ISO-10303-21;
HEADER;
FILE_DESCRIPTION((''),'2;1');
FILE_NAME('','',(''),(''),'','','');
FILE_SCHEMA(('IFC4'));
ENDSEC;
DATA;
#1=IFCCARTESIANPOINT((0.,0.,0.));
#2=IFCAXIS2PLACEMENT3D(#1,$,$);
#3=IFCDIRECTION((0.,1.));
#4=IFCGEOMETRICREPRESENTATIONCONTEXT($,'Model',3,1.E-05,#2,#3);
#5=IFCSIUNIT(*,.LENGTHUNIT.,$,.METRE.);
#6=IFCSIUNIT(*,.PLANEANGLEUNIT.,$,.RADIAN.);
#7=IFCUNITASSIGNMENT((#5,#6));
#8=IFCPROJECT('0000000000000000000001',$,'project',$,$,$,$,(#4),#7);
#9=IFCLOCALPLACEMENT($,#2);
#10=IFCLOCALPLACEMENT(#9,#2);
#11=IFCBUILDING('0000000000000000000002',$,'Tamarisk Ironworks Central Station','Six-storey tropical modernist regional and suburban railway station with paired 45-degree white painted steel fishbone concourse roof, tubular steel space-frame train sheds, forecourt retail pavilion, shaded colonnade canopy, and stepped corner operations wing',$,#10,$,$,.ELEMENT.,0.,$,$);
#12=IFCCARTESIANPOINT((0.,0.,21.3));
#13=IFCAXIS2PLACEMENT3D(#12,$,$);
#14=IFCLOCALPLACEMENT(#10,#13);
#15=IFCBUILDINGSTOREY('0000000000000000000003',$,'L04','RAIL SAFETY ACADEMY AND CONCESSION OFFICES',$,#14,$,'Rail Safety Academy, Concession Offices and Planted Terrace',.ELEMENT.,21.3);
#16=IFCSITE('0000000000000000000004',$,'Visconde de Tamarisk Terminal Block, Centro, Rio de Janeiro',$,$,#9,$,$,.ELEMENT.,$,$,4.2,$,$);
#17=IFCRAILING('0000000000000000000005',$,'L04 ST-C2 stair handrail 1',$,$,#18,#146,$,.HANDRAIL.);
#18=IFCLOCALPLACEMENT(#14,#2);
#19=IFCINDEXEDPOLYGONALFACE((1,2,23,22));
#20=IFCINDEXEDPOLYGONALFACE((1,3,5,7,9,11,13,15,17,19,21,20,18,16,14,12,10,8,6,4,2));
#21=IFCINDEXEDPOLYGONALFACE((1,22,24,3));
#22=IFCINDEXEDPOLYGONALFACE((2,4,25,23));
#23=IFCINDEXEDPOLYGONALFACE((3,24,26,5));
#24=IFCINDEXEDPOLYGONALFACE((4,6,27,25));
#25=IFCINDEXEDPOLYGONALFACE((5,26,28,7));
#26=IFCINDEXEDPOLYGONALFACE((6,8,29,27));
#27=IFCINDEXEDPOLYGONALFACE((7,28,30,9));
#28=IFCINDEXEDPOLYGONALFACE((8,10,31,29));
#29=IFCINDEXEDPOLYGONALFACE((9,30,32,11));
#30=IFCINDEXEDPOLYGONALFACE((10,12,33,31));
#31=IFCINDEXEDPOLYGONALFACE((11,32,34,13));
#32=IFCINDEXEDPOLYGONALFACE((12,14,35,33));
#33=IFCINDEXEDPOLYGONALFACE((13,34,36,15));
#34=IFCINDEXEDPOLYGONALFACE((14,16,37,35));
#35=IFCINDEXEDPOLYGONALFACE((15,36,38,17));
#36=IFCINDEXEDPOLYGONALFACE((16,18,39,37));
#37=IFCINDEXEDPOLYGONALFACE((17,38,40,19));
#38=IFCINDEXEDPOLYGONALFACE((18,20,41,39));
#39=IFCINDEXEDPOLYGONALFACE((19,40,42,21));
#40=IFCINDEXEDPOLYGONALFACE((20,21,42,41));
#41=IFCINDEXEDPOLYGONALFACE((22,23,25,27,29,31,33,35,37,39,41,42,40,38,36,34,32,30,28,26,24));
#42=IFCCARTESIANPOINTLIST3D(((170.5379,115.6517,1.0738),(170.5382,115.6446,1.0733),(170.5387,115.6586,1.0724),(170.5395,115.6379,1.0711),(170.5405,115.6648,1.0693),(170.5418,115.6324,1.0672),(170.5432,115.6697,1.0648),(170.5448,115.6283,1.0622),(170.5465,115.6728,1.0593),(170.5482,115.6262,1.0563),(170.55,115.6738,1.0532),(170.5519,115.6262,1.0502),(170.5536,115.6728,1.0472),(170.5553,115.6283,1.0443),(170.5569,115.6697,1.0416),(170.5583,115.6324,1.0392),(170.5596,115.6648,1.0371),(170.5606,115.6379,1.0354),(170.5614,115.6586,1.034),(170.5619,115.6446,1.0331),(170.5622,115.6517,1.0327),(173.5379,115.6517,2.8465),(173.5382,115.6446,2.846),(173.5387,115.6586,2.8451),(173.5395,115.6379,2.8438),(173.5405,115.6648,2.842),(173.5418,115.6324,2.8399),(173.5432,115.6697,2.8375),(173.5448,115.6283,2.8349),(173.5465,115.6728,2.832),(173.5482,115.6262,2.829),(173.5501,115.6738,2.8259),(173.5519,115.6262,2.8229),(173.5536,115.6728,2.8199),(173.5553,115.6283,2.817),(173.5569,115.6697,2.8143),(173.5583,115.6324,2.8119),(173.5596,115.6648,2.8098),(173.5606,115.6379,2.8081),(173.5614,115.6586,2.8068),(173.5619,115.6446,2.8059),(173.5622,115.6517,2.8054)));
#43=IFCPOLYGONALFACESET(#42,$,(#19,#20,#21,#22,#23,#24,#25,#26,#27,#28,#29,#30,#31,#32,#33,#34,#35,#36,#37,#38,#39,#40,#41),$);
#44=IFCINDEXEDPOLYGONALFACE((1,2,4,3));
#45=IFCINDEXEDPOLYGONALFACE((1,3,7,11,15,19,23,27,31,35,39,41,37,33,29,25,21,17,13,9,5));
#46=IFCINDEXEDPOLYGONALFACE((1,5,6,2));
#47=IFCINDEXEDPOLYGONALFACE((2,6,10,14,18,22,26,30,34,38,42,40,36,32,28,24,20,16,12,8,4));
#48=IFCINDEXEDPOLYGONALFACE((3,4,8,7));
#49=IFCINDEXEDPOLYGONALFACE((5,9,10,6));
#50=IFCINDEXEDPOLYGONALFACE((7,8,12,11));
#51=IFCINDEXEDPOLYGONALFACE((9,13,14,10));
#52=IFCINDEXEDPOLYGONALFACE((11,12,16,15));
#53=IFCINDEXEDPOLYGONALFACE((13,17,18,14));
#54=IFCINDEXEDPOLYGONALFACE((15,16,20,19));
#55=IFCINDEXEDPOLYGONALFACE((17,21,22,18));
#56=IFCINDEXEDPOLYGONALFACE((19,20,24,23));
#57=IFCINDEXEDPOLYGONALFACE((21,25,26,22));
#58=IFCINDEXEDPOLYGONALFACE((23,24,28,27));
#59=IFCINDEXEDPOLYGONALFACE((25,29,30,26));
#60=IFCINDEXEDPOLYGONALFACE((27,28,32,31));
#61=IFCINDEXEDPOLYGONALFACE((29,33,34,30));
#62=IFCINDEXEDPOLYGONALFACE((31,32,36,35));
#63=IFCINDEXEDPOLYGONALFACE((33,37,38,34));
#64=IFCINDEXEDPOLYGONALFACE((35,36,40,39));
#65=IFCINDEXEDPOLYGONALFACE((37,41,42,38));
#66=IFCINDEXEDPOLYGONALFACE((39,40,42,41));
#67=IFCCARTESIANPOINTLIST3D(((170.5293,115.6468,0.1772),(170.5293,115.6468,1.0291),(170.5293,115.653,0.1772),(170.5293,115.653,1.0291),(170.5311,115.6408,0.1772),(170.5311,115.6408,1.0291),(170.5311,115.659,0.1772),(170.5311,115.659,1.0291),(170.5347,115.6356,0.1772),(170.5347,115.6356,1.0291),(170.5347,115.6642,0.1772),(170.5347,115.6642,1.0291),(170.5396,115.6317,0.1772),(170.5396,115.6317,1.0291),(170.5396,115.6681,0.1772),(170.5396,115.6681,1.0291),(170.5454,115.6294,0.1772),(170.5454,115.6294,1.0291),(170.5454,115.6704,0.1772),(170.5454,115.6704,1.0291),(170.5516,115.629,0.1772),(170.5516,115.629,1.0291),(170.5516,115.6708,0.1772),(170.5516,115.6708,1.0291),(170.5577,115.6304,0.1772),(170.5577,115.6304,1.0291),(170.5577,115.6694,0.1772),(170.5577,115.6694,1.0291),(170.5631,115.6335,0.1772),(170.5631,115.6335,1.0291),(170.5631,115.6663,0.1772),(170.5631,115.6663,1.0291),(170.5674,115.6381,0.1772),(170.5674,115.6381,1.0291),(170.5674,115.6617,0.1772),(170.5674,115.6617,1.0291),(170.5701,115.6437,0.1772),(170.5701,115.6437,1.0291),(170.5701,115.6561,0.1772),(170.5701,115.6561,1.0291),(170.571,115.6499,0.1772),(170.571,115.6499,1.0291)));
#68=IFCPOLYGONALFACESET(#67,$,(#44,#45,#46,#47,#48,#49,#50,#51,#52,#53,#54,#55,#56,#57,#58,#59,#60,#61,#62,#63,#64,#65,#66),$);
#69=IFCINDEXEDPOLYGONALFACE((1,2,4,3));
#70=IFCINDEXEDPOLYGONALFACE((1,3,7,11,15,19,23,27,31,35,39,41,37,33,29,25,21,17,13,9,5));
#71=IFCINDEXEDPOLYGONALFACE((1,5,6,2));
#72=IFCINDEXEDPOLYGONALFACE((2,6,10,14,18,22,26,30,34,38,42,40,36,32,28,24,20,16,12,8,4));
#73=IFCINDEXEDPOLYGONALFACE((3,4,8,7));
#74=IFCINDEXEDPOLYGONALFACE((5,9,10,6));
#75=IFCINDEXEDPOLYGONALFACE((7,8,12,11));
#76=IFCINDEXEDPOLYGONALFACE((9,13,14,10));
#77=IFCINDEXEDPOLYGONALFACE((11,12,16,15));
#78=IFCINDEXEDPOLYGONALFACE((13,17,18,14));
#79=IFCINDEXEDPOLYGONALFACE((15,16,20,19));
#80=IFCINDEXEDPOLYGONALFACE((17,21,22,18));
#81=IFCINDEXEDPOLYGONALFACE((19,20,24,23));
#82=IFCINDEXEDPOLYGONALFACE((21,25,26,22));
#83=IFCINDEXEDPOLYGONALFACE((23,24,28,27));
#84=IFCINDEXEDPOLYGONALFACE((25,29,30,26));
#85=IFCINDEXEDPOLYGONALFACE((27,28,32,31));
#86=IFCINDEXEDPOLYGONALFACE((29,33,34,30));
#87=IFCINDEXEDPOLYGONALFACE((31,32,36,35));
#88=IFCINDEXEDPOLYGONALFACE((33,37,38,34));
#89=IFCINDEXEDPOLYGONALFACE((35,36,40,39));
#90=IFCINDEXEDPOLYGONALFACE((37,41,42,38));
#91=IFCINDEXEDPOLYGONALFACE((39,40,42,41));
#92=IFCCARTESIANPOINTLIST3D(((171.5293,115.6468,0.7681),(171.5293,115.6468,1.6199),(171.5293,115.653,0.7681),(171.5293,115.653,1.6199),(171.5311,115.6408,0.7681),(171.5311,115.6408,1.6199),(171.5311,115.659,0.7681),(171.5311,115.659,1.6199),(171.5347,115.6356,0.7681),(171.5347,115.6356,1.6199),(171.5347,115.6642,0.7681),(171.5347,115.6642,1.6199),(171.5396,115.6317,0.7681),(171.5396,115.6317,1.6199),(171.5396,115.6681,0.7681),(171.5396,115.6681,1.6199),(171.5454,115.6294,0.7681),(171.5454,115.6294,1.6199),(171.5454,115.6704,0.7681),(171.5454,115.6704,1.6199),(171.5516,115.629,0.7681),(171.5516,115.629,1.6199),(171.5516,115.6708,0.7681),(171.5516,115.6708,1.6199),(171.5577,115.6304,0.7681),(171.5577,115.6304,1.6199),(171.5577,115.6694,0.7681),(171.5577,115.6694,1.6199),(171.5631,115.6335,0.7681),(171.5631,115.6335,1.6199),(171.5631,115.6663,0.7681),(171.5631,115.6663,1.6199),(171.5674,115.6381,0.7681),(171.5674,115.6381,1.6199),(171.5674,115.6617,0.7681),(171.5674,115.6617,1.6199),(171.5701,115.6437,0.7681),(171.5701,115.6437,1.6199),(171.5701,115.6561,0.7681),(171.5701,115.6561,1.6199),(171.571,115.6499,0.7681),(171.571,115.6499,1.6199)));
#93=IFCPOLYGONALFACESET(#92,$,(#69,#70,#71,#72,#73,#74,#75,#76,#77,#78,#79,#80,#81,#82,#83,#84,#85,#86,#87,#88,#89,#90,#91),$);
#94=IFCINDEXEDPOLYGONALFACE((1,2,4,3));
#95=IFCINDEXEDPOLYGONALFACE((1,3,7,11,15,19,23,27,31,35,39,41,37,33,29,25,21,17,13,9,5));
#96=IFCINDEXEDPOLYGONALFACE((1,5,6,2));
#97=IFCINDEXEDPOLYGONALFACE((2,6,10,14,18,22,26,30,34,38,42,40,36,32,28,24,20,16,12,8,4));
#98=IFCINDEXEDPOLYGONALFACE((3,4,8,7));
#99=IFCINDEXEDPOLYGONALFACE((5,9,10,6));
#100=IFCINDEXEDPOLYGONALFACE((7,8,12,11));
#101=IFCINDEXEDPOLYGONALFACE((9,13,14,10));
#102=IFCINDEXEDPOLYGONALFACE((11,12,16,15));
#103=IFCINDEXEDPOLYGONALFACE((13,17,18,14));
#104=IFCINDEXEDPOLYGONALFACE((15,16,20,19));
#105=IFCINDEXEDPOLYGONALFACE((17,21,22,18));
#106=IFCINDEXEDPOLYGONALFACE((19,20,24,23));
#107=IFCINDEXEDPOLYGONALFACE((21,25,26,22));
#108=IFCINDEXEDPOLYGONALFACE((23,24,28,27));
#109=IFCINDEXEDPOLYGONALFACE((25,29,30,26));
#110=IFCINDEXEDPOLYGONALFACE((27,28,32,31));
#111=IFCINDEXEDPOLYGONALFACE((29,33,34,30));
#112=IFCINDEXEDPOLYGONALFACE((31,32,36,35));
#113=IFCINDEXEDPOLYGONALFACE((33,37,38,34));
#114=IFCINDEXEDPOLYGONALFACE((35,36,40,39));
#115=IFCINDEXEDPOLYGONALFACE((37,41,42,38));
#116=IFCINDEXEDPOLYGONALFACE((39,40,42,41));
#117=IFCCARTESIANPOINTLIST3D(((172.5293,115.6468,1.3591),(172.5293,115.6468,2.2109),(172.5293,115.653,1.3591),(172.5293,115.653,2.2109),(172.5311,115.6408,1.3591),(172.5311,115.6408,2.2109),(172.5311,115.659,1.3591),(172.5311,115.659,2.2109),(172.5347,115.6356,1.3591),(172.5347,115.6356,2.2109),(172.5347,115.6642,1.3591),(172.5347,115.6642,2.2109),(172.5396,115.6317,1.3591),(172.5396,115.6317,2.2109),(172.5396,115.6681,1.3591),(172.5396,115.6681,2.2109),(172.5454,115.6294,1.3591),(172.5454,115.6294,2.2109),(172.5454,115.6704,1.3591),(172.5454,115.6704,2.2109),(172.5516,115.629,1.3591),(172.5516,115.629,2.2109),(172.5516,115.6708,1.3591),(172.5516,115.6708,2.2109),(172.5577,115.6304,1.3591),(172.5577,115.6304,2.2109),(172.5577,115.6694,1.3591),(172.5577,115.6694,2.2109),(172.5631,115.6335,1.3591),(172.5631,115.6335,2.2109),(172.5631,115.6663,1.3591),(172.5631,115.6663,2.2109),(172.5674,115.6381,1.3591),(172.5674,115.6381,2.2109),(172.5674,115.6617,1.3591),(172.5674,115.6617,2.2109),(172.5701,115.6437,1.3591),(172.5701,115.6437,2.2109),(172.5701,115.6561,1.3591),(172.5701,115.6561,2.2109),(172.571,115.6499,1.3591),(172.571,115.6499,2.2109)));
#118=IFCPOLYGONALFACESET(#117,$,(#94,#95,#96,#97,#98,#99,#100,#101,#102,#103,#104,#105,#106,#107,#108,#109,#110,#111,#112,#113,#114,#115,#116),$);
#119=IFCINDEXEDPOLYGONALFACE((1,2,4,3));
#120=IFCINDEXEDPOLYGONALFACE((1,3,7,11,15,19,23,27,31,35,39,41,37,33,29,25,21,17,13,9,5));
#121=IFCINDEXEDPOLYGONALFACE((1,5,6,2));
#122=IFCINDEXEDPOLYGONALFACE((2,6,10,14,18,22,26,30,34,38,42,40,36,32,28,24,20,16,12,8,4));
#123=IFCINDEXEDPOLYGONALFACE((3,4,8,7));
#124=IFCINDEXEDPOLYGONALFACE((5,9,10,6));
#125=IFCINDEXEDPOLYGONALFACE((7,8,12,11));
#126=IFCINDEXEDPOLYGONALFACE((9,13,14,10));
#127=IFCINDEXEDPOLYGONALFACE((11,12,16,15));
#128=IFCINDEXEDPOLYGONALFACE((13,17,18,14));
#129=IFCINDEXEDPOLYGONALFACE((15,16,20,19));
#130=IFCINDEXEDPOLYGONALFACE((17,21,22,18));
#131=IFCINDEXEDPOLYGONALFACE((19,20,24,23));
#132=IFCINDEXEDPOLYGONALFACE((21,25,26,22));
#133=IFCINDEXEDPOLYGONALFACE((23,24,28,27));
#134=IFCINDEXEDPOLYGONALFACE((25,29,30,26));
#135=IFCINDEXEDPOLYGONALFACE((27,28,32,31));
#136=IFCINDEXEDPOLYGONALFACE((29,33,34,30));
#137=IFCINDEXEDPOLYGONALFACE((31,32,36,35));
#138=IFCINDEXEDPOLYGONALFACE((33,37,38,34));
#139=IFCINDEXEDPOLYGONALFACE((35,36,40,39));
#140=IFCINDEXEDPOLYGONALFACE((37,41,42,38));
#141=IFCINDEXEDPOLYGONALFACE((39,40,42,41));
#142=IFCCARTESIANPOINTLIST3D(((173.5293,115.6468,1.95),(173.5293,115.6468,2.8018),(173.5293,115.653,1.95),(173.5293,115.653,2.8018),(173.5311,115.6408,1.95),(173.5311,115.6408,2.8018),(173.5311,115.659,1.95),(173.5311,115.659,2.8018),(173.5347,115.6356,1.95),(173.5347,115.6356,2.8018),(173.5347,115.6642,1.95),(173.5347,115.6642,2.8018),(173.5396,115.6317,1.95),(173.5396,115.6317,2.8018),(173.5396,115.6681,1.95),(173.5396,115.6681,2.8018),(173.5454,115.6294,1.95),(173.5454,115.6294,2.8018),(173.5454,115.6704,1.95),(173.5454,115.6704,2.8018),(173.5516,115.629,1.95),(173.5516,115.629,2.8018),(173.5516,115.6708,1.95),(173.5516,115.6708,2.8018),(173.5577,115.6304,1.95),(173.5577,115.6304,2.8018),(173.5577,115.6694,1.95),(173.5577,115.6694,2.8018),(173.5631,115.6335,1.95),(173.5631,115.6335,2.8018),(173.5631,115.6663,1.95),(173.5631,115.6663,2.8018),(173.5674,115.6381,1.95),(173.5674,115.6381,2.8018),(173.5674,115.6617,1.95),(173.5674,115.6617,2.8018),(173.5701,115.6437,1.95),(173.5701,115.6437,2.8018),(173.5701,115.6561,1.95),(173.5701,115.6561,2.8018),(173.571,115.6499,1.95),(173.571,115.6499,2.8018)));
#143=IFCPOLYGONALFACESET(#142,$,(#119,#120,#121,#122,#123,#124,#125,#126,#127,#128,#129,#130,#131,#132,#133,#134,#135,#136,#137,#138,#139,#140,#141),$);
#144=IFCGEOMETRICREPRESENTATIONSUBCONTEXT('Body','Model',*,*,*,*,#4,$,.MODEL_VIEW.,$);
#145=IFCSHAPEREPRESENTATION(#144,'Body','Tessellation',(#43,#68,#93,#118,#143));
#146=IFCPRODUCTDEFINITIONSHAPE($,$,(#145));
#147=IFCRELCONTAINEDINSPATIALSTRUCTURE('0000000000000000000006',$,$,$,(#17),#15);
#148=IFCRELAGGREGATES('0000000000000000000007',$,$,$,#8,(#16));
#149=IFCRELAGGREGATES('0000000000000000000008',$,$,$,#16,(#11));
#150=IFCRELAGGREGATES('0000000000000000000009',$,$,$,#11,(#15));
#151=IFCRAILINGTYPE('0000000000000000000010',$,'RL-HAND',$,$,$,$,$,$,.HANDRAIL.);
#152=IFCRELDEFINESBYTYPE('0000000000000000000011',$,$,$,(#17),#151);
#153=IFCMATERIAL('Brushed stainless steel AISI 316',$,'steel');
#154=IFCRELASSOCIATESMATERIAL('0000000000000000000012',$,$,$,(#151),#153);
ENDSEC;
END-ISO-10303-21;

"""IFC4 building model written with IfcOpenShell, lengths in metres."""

from ifc_helpers import new_model, si_unit, direction, frame, origin, origin_2d, place, context, subcontext, project, spatial, circle, extrude, material, type_object, element, save


model = new_model("IFC4")

# Units and contexts
model_context = context("Model", 3, precision=1e-05, world=origin(), true_north=direction((0.0, 1.0)))
body_context = subcontext(model_context, "Body", "Model", "MODEL_VIEW")
ifc_project = project(units=[si_unit("LENGTHUNIT", "METRE"), si_unit("PLANEANGLEUNIT", "RADIAN")], contexts=[model_context])

# Site, building, storey
site_placement = place(None, origin())
site = spatial("IfcSite", under=ifc_project, at=site_placement, Name="Visconde de Tamarisk Terminal Block, Centro, Rio de Janeiro", CompositionType="ELEMENT", RefElevation=4.2)
building_placement = place(site_placement, origin())
building = spatial("IfcBuilding", under=site, at=building_placement, Name="Tamarisk Ironworks Central Station", Description="Six-storey tropical modernist regional and suburban railway station with paired 45-degree white painted steel fishbone concourse roof, tubular steel space-frame train sheds, forecourt retail pavilion, shaded colonnade canopy, and stepped corner operations wing", CompositionType="ELEMENT", ElevationOfRefHeight=0.0)
storey_placement = place(building_placement, frame((0.0, 0.0, 21.3)))
storey = spatial("IfcBuildingStorey", under=building, at=storey_placement, Name="L04", Description="RAIL SAFETY ACADEMY AND CONCESSION OFFICES", LongName="Rail Safety Academy, Concession Offices and Planted Terrace", CompositionType="ELEMENT", Elevation=21.3)

# Railing
ifc_material_1 = material(Name="Brushed stainless steel AISI 316", Category="steel")
railing_type_1 = type_object("IfcRailingType", Name="RL-HAND", PredefinedType="HANDRAIL", material=ifc_material_1)
railing_1_placement = place(storey_placement, frame((170.55, 115.6499, 0.1772)))
element("IfcRailing", 1, at=railing_1_placement, inside=storey, type_object=railing_type_1, Name="L04 ST-C2 stair handrail 1", PredefinedType="HANDRAIL", context=body_context, shape_type="SweptSolid", body=[
    extrude(circle(Radius=0.0239, at=origin_2d()), frame((0.0, 0.0, 0.876), z_axis=(0.860929, 0.0, 0.508725), x_axis=(0.0, 1.0, 0.0)), (0.0, 0.0, 1.0), 3.4846),
    extrude(circle(Radius=0.021, at=origin_2d()), origin(), (0.0, 0.0, 1.0), 0.8518),
    extrude(circle(Radius=0.021, at=origin_2d()), frame((1.0, 0.0, 0.5908)), (0.0, 0.0, 1.0), 0.8518),
    extrude(circle(Radius=0.021, at=origin_2d()), frame((2.0, 0.0, 1.1819)), (0.0, 0.0, 1.0), 0.8518),
    extrude(circle(Radius=0.021, at=origin_2d()), frame((3.0, 0.0, 1.7727)), (0.0, 0.0, 1.0), 0.8518),
])

save(model, "model.ifc")
